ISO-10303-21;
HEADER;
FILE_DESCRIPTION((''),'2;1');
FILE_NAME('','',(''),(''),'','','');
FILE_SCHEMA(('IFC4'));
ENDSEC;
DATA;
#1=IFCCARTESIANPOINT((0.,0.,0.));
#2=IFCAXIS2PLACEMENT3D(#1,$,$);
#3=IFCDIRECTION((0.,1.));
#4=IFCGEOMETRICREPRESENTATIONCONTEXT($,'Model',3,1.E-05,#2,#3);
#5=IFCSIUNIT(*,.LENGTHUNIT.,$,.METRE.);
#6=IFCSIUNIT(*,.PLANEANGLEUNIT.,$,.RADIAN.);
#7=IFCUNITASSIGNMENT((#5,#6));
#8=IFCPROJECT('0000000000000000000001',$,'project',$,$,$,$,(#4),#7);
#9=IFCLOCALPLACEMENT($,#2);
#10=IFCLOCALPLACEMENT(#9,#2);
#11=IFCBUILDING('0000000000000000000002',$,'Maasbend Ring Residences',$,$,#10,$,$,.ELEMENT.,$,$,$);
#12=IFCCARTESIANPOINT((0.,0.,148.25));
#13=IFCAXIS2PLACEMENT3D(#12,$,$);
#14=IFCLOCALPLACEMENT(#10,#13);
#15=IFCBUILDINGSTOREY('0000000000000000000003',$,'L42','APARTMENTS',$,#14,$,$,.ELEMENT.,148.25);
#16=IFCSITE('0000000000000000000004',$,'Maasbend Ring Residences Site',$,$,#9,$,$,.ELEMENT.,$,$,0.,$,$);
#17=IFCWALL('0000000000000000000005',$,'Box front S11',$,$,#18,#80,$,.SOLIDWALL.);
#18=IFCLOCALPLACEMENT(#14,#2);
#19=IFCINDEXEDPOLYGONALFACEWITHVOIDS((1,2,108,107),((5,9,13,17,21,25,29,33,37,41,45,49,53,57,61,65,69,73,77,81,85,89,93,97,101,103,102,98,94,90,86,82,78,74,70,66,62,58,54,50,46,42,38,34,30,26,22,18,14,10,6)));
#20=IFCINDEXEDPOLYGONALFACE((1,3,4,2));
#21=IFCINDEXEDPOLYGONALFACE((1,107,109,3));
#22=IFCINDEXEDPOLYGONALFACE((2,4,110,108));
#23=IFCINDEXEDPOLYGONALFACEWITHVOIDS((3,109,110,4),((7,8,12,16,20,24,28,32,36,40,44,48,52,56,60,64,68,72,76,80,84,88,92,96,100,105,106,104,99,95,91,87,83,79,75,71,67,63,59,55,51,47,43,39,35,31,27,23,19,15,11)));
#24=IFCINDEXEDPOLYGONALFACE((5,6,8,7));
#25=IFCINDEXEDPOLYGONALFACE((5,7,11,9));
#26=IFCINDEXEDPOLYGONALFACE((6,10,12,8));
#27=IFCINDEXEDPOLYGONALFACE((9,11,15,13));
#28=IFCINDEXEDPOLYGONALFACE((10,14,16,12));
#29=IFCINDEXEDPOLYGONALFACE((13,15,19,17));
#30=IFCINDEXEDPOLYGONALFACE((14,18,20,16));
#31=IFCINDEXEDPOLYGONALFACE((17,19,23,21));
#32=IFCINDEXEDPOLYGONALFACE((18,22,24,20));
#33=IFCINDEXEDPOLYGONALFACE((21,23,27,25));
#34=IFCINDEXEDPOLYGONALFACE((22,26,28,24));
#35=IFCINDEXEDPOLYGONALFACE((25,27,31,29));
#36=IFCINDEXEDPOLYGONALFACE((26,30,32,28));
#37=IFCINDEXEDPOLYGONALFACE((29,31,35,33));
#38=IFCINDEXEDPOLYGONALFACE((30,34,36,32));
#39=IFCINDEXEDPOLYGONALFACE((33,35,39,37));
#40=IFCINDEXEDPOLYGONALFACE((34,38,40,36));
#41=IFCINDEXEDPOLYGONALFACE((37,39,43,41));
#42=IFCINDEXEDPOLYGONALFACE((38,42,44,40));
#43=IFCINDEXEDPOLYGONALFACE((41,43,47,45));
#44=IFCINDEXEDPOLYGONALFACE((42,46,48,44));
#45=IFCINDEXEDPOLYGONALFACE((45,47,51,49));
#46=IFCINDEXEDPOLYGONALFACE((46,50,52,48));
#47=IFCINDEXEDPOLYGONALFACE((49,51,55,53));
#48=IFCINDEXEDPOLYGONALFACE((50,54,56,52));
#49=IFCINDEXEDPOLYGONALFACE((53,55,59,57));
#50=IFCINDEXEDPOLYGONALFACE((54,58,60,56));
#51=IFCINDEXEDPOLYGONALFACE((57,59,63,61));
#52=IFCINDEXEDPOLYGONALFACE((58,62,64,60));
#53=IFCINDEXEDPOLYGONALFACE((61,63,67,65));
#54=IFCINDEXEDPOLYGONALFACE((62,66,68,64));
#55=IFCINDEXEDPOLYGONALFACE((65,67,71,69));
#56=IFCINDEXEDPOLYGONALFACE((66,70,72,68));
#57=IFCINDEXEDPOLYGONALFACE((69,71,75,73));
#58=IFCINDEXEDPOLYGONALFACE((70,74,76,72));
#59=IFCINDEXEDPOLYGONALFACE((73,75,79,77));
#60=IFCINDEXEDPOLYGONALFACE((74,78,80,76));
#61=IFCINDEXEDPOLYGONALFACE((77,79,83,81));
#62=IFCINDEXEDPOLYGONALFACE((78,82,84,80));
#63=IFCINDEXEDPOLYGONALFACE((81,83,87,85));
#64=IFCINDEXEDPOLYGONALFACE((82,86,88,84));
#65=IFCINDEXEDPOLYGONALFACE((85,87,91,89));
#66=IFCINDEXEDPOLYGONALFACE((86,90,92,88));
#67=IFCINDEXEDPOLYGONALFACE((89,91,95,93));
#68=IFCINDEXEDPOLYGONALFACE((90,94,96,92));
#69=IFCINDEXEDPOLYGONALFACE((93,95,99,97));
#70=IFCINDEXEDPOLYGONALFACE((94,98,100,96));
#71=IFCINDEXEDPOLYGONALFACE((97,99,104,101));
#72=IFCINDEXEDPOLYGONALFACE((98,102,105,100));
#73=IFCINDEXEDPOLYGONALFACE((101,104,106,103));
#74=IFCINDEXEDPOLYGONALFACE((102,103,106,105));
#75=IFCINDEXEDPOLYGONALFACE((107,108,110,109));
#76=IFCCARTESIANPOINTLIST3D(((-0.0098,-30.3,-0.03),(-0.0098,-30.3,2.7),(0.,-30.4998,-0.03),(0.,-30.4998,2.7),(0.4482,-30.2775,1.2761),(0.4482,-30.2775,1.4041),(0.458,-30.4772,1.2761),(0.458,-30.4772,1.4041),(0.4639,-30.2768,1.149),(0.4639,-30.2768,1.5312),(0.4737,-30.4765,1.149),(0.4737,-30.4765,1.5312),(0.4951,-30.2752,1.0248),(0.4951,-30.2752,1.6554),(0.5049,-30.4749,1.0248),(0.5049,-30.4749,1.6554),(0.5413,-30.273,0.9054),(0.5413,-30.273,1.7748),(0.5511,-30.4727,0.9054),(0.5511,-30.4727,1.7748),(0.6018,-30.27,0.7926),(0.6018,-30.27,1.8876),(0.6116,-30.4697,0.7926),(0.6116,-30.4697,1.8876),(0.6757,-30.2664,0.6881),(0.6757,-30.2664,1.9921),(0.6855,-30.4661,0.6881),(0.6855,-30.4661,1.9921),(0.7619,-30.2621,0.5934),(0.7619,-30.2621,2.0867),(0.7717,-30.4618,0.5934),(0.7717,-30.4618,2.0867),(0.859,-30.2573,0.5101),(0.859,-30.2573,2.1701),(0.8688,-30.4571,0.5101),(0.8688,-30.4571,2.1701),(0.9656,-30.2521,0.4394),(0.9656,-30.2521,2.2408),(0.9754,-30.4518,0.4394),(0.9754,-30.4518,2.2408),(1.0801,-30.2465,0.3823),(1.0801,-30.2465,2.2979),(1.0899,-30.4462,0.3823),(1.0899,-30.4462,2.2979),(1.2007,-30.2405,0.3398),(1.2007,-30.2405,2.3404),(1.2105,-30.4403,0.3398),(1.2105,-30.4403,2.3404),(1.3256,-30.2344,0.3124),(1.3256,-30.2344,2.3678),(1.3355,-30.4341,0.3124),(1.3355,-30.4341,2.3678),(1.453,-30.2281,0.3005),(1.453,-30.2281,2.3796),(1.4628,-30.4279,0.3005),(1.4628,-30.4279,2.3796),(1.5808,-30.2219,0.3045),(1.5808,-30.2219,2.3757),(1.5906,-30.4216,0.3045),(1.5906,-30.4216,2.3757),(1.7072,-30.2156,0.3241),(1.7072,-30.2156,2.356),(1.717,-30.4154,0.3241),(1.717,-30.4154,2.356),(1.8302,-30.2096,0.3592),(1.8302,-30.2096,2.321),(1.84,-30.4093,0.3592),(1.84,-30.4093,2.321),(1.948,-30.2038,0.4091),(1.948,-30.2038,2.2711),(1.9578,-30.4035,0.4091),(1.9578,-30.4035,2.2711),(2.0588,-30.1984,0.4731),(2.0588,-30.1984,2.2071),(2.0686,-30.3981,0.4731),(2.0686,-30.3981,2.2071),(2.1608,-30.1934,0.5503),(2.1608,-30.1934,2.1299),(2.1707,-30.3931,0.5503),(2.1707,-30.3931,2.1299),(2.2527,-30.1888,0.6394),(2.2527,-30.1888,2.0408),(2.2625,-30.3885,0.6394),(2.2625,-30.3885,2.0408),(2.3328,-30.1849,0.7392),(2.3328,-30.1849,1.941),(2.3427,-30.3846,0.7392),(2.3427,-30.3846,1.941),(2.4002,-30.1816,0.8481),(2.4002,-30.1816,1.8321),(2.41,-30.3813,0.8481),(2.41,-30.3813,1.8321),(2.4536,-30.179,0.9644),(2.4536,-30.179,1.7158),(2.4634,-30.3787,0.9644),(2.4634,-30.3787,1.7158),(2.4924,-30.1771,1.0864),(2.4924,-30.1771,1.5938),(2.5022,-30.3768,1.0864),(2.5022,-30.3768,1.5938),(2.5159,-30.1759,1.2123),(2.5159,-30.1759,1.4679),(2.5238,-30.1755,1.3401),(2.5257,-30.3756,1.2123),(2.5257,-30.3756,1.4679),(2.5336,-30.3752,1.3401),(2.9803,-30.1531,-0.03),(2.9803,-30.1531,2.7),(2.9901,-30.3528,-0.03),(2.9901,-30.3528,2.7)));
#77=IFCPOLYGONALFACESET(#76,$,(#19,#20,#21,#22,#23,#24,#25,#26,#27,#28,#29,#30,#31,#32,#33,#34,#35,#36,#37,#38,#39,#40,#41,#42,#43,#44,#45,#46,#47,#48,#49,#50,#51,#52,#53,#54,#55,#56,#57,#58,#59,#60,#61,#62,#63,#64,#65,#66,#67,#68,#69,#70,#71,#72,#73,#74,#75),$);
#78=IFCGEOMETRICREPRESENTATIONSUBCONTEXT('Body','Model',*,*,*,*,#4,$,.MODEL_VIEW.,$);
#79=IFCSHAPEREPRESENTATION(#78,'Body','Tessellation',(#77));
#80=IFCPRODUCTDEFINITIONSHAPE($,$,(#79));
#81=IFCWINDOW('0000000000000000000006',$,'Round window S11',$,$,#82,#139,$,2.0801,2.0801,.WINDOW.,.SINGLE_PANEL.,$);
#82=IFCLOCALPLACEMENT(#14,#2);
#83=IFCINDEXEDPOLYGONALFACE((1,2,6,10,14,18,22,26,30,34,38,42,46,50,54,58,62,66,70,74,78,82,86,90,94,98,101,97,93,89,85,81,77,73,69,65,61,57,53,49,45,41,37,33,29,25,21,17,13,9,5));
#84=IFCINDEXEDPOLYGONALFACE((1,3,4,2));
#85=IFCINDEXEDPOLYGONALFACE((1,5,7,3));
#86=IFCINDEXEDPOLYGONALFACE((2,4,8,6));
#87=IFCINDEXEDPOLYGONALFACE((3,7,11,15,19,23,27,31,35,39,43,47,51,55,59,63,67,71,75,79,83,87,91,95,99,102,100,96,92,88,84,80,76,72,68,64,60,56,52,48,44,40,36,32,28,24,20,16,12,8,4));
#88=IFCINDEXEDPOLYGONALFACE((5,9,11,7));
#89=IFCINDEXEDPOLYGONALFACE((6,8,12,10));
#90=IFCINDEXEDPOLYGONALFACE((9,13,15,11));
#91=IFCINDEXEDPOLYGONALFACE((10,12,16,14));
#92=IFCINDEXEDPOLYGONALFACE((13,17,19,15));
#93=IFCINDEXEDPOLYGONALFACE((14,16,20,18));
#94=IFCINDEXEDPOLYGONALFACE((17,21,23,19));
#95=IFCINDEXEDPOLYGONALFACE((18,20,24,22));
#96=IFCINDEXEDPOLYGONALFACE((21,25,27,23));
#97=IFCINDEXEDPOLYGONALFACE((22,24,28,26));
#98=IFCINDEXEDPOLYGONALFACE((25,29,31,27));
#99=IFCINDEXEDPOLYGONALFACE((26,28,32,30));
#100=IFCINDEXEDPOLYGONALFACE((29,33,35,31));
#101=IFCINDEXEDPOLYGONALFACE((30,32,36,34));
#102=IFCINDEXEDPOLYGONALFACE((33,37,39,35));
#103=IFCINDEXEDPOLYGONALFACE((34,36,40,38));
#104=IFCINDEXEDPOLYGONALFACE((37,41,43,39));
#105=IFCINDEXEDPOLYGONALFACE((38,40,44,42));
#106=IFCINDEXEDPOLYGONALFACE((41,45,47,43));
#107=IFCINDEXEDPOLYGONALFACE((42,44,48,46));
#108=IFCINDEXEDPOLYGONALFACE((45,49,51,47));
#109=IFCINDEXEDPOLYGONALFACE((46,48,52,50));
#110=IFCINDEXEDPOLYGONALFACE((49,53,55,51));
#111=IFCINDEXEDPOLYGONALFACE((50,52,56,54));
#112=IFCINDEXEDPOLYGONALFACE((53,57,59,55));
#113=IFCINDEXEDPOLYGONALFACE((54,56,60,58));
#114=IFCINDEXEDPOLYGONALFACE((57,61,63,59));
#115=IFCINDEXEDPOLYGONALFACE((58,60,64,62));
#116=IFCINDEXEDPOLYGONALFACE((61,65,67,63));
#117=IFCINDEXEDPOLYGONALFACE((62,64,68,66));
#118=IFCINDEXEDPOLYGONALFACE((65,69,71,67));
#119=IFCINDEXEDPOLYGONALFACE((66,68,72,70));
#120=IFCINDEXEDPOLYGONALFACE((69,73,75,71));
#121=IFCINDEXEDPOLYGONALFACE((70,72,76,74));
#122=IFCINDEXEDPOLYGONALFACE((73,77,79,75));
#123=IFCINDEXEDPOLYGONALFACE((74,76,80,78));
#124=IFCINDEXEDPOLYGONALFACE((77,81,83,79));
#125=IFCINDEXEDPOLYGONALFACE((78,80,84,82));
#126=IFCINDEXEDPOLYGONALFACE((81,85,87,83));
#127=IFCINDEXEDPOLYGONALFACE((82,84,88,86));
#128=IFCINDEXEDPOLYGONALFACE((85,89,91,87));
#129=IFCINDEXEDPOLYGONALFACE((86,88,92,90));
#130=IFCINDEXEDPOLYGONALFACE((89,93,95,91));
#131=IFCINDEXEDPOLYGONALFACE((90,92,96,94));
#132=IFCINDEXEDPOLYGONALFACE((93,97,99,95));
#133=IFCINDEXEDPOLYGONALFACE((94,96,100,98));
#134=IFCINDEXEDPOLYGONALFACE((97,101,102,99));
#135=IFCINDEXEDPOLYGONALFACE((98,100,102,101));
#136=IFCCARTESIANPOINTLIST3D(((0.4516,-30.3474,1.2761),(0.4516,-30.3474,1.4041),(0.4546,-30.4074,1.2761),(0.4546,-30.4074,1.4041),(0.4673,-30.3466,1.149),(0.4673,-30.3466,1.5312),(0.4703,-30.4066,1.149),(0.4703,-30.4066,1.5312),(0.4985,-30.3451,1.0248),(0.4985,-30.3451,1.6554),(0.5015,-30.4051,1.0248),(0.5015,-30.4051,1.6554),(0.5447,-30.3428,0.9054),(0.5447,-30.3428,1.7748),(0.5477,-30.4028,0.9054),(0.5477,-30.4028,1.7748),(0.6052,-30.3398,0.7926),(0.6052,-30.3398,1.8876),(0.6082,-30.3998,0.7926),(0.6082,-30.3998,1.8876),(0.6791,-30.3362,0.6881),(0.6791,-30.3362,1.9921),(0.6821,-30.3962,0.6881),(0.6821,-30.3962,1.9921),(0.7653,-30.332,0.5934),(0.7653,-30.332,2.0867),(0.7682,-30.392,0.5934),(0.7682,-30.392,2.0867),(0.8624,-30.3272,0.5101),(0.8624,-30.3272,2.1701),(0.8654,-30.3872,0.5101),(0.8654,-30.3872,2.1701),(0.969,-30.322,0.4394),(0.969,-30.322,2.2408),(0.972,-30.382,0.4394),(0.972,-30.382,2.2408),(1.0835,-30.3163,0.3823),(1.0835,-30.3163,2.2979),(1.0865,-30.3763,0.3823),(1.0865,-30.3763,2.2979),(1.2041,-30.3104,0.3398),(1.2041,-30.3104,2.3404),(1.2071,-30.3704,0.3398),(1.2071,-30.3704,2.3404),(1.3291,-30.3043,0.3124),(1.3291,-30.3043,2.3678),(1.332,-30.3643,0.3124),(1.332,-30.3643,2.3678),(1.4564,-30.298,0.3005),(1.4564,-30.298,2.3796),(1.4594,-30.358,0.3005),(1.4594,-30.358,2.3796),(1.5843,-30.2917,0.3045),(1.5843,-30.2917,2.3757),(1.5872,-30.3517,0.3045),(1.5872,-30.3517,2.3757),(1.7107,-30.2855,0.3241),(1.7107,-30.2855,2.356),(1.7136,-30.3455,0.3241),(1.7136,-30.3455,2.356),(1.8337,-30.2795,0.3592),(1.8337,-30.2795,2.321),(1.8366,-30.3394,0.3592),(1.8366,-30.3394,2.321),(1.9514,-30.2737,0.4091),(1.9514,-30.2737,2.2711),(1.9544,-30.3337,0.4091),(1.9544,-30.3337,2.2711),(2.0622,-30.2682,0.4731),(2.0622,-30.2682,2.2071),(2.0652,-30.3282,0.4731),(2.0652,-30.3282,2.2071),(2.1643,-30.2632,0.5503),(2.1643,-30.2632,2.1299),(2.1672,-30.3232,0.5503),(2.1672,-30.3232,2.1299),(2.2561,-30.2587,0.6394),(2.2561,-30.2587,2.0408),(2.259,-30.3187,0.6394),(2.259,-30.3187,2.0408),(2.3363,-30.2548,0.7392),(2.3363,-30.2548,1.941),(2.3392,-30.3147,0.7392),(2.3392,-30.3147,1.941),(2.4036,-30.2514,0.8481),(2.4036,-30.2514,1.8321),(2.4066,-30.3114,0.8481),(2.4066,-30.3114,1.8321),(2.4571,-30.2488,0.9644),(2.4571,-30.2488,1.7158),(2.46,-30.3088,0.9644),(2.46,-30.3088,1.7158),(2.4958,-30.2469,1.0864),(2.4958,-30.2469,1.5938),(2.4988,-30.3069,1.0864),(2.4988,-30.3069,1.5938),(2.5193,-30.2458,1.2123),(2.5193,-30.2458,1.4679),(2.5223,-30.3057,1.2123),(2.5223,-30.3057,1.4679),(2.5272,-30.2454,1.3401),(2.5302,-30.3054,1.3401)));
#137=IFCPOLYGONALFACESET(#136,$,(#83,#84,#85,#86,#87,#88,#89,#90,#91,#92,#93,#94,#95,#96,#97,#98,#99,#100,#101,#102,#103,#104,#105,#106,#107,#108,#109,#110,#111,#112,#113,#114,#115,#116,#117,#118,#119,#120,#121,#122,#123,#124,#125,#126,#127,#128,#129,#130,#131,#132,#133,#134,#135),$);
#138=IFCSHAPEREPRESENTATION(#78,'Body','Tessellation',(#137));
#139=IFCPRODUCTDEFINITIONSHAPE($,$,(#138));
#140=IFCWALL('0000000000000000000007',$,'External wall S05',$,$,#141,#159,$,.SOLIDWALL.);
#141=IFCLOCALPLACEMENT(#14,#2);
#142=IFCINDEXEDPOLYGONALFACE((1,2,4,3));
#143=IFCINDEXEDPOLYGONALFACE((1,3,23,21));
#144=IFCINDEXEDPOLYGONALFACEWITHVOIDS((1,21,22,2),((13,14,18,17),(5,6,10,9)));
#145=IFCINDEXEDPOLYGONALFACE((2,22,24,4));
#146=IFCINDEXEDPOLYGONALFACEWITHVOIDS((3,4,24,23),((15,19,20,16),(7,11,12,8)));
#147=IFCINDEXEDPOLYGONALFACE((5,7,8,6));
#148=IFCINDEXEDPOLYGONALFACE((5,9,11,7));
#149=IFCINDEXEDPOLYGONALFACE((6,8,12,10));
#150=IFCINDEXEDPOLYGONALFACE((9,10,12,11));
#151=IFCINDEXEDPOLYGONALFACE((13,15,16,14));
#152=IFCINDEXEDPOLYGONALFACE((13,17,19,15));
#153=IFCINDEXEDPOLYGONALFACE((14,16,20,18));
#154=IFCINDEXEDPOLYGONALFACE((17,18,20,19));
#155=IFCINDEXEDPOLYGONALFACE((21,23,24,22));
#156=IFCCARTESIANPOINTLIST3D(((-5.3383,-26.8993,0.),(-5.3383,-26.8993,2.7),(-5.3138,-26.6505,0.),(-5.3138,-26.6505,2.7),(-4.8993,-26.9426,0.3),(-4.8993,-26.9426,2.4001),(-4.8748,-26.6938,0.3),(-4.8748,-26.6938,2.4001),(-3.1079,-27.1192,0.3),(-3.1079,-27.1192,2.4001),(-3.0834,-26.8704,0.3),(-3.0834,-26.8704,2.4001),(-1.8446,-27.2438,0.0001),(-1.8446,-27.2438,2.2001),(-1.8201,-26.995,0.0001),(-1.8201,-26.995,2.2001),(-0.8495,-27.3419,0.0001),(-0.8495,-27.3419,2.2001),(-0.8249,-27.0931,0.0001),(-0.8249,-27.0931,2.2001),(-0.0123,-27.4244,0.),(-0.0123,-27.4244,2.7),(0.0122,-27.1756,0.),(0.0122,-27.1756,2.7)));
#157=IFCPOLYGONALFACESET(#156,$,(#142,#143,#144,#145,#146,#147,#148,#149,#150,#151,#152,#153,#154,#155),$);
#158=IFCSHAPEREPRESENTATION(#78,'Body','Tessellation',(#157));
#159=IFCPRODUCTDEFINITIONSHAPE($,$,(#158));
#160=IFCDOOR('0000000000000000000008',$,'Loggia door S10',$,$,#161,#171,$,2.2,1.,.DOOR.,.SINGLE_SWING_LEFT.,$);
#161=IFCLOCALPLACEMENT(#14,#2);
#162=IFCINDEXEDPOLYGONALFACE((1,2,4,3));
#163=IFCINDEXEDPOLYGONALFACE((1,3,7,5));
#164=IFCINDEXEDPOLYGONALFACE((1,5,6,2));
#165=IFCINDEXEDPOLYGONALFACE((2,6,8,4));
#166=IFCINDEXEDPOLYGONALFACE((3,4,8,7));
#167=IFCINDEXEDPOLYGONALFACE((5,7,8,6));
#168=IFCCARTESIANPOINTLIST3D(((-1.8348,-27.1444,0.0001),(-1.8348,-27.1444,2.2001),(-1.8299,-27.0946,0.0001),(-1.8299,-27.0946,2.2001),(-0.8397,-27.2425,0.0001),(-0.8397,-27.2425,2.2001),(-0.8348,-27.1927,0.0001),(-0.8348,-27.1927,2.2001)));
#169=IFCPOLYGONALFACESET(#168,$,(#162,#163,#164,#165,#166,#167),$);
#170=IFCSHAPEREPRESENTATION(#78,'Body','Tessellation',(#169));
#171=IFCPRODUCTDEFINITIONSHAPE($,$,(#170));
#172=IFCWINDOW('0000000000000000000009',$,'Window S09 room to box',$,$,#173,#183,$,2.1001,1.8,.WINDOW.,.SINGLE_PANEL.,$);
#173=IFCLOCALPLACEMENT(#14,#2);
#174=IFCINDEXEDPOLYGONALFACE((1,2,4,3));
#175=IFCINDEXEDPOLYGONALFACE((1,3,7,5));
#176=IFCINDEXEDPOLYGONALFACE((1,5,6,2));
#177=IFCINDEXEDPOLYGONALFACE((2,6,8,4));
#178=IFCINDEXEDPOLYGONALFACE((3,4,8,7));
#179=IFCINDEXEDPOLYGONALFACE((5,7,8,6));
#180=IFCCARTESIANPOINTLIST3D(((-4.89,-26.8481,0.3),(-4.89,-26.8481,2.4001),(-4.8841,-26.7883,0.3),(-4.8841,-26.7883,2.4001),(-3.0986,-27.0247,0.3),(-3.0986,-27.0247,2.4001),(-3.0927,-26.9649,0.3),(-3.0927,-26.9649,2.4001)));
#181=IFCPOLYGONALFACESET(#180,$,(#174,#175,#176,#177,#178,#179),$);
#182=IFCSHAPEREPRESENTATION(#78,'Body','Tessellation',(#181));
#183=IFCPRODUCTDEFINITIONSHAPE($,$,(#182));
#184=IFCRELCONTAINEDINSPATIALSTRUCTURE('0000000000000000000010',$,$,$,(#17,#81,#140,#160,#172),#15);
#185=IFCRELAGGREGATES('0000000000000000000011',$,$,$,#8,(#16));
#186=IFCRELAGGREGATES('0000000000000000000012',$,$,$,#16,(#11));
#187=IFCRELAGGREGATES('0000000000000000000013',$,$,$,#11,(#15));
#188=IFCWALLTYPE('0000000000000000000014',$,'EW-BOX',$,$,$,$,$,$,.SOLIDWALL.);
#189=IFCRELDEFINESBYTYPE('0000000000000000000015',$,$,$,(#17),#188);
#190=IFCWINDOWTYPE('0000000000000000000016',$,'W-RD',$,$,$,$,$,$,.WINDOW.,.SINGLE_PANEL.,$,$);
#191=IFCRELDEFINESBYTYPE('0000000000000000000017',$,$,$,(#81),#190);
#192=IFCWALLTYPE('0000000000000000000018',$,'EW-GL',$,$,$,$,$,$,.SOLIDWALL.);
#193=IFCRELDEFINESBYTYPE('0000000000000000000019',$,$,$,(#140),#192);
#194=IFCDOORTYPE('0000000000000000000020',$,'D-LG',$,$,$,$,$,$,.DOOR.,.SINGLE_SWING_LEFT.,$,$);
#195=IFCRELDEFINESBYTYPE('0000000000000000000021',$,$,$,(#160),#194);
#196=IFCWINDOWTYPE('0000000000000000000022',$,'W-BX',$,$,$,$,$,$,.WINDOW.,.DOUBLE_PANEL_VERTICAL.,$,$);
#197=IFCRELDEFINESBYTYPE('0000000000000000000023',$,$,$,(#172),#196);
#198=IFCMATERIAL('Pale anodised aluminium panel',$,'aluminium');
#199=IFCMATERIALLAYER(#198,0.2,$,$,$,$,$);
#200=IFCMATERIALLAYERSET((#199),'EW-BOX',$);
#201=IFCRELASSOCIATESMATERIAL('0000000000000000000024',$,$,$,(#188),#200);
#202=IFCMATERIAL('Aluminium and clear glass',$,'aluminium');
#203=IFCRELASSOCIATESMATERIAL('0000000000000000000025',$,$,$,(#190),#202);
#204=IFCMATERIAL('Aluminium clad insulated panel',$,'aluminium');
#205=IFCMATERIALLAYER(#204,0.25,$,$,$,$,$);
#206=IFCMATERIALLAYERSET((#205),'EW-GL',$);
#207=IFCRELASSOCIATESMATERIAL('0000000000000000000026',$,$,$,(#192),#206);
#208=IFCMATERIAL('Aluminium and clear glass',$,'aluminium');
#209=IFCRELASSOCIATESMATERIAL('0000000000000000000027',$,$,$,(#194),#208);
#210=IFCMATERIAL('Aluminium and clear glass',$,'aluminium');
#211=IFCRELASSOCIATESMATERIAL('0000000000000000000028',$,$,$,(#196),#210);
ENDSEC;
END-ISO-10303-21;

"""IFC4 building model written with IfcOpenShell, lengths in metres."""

from ifc_helpers import new_model, si_unit, direction, frame, frame_2d, origin, place, context, subcontext, project, spatial, rectangle, circle, extrude, material, layer, layer_set, type_object, element, fill, save


model = new_model("IFC4")

# Units and contexts
model_context = context("Model", 3, precision=1e-05, world=origin(), true_north=direction((0.0, 1.0)))
body_context = subcontext(model_context, "Body", "Model", "MODEL_VIEW")
ifc_project = project(units=[si_unit("LENGTHUNIT", "METRE"), si_unit("PLANEANGLEUNIT", "RADIAN")], contexts=[model_context])

# Site, building, storey
site_placement = place(None, origin())
site = spatial("IfcSite", under=ifc_project, at=site_placement, Name="Maasbend Ring Residences Site", CompositionType="ELEMENT", RefElevation=0.0)
building_placement = place(site_placement, origin())
building = spatial("IfcBuilding", under=site, at=building_placement, Name="Maasbend Ring Residences", CompositionType="ELEMENT")
storey_placement = place(building_placement, frame((0.0, 0.0, 148.25)))
storey = spatial("IfcBuildingStorey", under=building, at=storey_placement, Name="L42", Description="APARTMENTS", CompositionType="ELEMENT", Elevation=148.25)

# Shared definitions
ifc_material_1 = material(Name="Pale anodised aluminium panel", Category="aluminium")
ifc_layer_1 = layer(ifc_material_1, 0.2)
ifc_layer_set_1 = layer_set([ifc_layer_1], Name="EW-BOX")
wall_type_1 = type_object("IfcWallType", Name="EW-BOX", PredefinedType="SOLIDWALL", material=ifc_layer_set_1)
ifc_material_2 = material(Name="Aluminium and clear glass", Category="aluminium")
window_type_1 = type_object("IfcWindowType", Name="W-RD", PartitioningType="SINGLE_PANEL", PredefinedType="WINDOW", material=ifc_material_2)

# Wall, opening, window
wall_1_placement = place(storey_placement, frame((-0.0049, -30.3999, -0.03), z_axis=(0.0, 0.0, 1.0), x_axis=(0.998794, 0.049096, 0.0)))
wall_1 = element("IfcWall", 1, at=wall_1_placement, inside=storey, type_object=wall_type_1, Name="Box front S11", PredefinedType="SOLIDWALL", context=body_context, shape_type="SweptSolid", body=[
    extrude(rectangle(XDim=2.9937, YDim=0.2, at=frame_2d((1.4968, 0.0))), origin(), (0.0, 0.0, 1.0), 2.73),
])
opening_1_placement = place(wall_1_placement, frame((0.4565, 0.0, 0.3301)))
opening_1 = element("IfcOpeningElement", 2, at=opening_1_placement, cuts=wall_1, PredefinedType="OPENING", context=body_context, shape_type="SweptSolid", body=[
    extrude(circle(Radius=1.04, at=frame_2d((1.04, 1.04))), frame((0.0, 0.1099, 0.0), z_axis=(0.0, -1.0, 0.0), x_axis=(1.0, 0.0, 0.0)), (0.0, 0.0, 1.0), 0.22),
])
window_1_placement = place(opening_1_placement, origin())
window_1 = element("IfcWindow", 3, at=window_1_placement, inside=storey, type_object=window_type_1, Name="Round window S11", OverallHeight=2.0801, OverallWidth=2.0801, PartitioningType="SINGLE_PANEL", PredefinedType="WINDOW", context=body_context, shape_type="SweptSolid", body=[
    extrude(circle(Radius=1.04, at=frame_2d((1.04, 1.04))), frame((0.0, 0.03, 0.0), z_axis=(0.0, -1.0, 0.0), x_axis=(1.0, 0.0, 0.0)), (0.0, 0.0, 1.0), 0.0601),
])
fill(opening_1, window_1)

# Wall, openings, door, window
ifc_material_3 = material(Name="Aluminium clad insulated panel", Category="aluminium")
ifc_layer_2 = layer(ifc_material_3, 0.25)
ifc_layer_set_2 = layer_set([ifc_layer_2], Name="EW-GL")
wall_type_2 = type_object("IfcWallType", Name="EW-GL", PredefinedType="SOLIDWALL", material=ifc_layer_set_2)
wall_2_placement = place(storey_placement, frame((-5.3259, -26.7749, 0.0), z_axis=(0.0, 0.0, 1.0), x_axis=(0.995174, -0.098126, 0.0)))
wall_2 = element("IfcWall", 4, at=wall_2_placement, inside=storey, type_object=wall_type_2, Name="External wall S05", PredefinedType="SOLIDWALL", context=body_context, shape_type="SweptSolid", body=[
    extrude(rectangle(XDim=5.3518, YDim=0.25, at=frame_2d((2.6758, 0.0))), origin(), (0.0, 0.0, 1.0), 2.7),
])
opening_2_placement = place(wall_2_placement, frame((0.4412, 0.0, 0.3)))
opening_2 = element("IfcOpeningElement", 5, at=opening_2_placement, cuts=wall_2, PredefinedType="OPENING", context=body_context, shape_type="SweptSolid", body=[
    extrude(rectangle(XDim=1.8, YDim=2.1001, at=frame_2d((0.8999, 1.05))), frame((0.0, 0.135, 0.0), z_axis=(0.0, -1.0, 0.0), x_axis=(1.0, 0.0, 0.0)), (0.0, 0.0, 1.0), 0.27),
])
opening_3_placement = place(wall_2_placement, frame((3.5105, 0.0, 0.0)))
opening_3 = element("IfcOpeningElement", 6, at=opening_3_placement, cuts=wall_2, PredefinedType="OPENING", context=body_context, shape_type="SweptSolid", body=[
    extrude(rectangle(XDim=1.0, YDim=2.2, at=frame_2d((0.5, 1.1001))), frame((0.0, 0.135, 0.0), z_axis=(0.0, -1.0, 0.0), x_axis=(1.0, 0.0, 0.0)), (0.0, 0.0, 1.0), 0.27),
])
ifc_material_4 = material(Name="Aluminium and clear glass", Category="aluminium")
door_type_1 = type_object("IfcDoorType", Name="D-LG", OperationType="SINGLE_SWING_LEFT", PredefinedType="DOOR", material=ifc_material_4)
door_1_placement = place(opening_3_placement, origin())
door_1 = element("IfcDoor", 7, at=door_1_placement, inside=storey, type_object=door_type_1, Name="Loggia door S10", OperationType="SINGLE_SWING_LEFT", OverallHeight=2.2, OverallWidth=1.0, PredefinedType="DOOR", context=body_context, shape_type="SweptSolid", body=[
    extrude(rectangle(XDim=1.0, YDim=2.2, at=frame_2d((0.5, 1.1001))), frame((0.0, 0.0249, 0.0), z_axis=(0.0, -1.0, 0.0), x_axis=(1.0, 0.0, 0.0)), (0.0, 0.0, 1.0), 0.05),
])
fill(opening_3, door_1)
ifc_material_5 = material(Name="Aluminium and clear glass", Category="aluminium")
window_type_2 = type_object("IfcWindowType", Name="W-BX", PartitioningType="DOUBLE_PANEL_VERTICAL", PredefinedType="WINDOW", material=ifc_material_5)
window_2_placement = place(opening_2_placement, origin())
window_2 = element("IfcWindow", 8, at=window_2_placement, inside=storey, type_object=window_type_2, Name="Window S09 room to box", OverallHeight=2.1001, OverallWidth=1.8, PartitioningType="SINGLE_PANEL", PredefinedType="WINDOW", context=body_context, shape_type="SweptSolid", body=[
    extrude(rectangle(XDim=1.8, YDim=2.1001, at=frame_2d((0.8999, 1.05))), frame((0.0, 0.03, 0.0), z_axis=(0.0, -1.0, 0.0), x_axis=(1.0, 0.0, 0.0)), (0.0, 0.0, 1.0), 0.0601),
])
fill(opening_2, window_2)

save(model, "model.ifc")
